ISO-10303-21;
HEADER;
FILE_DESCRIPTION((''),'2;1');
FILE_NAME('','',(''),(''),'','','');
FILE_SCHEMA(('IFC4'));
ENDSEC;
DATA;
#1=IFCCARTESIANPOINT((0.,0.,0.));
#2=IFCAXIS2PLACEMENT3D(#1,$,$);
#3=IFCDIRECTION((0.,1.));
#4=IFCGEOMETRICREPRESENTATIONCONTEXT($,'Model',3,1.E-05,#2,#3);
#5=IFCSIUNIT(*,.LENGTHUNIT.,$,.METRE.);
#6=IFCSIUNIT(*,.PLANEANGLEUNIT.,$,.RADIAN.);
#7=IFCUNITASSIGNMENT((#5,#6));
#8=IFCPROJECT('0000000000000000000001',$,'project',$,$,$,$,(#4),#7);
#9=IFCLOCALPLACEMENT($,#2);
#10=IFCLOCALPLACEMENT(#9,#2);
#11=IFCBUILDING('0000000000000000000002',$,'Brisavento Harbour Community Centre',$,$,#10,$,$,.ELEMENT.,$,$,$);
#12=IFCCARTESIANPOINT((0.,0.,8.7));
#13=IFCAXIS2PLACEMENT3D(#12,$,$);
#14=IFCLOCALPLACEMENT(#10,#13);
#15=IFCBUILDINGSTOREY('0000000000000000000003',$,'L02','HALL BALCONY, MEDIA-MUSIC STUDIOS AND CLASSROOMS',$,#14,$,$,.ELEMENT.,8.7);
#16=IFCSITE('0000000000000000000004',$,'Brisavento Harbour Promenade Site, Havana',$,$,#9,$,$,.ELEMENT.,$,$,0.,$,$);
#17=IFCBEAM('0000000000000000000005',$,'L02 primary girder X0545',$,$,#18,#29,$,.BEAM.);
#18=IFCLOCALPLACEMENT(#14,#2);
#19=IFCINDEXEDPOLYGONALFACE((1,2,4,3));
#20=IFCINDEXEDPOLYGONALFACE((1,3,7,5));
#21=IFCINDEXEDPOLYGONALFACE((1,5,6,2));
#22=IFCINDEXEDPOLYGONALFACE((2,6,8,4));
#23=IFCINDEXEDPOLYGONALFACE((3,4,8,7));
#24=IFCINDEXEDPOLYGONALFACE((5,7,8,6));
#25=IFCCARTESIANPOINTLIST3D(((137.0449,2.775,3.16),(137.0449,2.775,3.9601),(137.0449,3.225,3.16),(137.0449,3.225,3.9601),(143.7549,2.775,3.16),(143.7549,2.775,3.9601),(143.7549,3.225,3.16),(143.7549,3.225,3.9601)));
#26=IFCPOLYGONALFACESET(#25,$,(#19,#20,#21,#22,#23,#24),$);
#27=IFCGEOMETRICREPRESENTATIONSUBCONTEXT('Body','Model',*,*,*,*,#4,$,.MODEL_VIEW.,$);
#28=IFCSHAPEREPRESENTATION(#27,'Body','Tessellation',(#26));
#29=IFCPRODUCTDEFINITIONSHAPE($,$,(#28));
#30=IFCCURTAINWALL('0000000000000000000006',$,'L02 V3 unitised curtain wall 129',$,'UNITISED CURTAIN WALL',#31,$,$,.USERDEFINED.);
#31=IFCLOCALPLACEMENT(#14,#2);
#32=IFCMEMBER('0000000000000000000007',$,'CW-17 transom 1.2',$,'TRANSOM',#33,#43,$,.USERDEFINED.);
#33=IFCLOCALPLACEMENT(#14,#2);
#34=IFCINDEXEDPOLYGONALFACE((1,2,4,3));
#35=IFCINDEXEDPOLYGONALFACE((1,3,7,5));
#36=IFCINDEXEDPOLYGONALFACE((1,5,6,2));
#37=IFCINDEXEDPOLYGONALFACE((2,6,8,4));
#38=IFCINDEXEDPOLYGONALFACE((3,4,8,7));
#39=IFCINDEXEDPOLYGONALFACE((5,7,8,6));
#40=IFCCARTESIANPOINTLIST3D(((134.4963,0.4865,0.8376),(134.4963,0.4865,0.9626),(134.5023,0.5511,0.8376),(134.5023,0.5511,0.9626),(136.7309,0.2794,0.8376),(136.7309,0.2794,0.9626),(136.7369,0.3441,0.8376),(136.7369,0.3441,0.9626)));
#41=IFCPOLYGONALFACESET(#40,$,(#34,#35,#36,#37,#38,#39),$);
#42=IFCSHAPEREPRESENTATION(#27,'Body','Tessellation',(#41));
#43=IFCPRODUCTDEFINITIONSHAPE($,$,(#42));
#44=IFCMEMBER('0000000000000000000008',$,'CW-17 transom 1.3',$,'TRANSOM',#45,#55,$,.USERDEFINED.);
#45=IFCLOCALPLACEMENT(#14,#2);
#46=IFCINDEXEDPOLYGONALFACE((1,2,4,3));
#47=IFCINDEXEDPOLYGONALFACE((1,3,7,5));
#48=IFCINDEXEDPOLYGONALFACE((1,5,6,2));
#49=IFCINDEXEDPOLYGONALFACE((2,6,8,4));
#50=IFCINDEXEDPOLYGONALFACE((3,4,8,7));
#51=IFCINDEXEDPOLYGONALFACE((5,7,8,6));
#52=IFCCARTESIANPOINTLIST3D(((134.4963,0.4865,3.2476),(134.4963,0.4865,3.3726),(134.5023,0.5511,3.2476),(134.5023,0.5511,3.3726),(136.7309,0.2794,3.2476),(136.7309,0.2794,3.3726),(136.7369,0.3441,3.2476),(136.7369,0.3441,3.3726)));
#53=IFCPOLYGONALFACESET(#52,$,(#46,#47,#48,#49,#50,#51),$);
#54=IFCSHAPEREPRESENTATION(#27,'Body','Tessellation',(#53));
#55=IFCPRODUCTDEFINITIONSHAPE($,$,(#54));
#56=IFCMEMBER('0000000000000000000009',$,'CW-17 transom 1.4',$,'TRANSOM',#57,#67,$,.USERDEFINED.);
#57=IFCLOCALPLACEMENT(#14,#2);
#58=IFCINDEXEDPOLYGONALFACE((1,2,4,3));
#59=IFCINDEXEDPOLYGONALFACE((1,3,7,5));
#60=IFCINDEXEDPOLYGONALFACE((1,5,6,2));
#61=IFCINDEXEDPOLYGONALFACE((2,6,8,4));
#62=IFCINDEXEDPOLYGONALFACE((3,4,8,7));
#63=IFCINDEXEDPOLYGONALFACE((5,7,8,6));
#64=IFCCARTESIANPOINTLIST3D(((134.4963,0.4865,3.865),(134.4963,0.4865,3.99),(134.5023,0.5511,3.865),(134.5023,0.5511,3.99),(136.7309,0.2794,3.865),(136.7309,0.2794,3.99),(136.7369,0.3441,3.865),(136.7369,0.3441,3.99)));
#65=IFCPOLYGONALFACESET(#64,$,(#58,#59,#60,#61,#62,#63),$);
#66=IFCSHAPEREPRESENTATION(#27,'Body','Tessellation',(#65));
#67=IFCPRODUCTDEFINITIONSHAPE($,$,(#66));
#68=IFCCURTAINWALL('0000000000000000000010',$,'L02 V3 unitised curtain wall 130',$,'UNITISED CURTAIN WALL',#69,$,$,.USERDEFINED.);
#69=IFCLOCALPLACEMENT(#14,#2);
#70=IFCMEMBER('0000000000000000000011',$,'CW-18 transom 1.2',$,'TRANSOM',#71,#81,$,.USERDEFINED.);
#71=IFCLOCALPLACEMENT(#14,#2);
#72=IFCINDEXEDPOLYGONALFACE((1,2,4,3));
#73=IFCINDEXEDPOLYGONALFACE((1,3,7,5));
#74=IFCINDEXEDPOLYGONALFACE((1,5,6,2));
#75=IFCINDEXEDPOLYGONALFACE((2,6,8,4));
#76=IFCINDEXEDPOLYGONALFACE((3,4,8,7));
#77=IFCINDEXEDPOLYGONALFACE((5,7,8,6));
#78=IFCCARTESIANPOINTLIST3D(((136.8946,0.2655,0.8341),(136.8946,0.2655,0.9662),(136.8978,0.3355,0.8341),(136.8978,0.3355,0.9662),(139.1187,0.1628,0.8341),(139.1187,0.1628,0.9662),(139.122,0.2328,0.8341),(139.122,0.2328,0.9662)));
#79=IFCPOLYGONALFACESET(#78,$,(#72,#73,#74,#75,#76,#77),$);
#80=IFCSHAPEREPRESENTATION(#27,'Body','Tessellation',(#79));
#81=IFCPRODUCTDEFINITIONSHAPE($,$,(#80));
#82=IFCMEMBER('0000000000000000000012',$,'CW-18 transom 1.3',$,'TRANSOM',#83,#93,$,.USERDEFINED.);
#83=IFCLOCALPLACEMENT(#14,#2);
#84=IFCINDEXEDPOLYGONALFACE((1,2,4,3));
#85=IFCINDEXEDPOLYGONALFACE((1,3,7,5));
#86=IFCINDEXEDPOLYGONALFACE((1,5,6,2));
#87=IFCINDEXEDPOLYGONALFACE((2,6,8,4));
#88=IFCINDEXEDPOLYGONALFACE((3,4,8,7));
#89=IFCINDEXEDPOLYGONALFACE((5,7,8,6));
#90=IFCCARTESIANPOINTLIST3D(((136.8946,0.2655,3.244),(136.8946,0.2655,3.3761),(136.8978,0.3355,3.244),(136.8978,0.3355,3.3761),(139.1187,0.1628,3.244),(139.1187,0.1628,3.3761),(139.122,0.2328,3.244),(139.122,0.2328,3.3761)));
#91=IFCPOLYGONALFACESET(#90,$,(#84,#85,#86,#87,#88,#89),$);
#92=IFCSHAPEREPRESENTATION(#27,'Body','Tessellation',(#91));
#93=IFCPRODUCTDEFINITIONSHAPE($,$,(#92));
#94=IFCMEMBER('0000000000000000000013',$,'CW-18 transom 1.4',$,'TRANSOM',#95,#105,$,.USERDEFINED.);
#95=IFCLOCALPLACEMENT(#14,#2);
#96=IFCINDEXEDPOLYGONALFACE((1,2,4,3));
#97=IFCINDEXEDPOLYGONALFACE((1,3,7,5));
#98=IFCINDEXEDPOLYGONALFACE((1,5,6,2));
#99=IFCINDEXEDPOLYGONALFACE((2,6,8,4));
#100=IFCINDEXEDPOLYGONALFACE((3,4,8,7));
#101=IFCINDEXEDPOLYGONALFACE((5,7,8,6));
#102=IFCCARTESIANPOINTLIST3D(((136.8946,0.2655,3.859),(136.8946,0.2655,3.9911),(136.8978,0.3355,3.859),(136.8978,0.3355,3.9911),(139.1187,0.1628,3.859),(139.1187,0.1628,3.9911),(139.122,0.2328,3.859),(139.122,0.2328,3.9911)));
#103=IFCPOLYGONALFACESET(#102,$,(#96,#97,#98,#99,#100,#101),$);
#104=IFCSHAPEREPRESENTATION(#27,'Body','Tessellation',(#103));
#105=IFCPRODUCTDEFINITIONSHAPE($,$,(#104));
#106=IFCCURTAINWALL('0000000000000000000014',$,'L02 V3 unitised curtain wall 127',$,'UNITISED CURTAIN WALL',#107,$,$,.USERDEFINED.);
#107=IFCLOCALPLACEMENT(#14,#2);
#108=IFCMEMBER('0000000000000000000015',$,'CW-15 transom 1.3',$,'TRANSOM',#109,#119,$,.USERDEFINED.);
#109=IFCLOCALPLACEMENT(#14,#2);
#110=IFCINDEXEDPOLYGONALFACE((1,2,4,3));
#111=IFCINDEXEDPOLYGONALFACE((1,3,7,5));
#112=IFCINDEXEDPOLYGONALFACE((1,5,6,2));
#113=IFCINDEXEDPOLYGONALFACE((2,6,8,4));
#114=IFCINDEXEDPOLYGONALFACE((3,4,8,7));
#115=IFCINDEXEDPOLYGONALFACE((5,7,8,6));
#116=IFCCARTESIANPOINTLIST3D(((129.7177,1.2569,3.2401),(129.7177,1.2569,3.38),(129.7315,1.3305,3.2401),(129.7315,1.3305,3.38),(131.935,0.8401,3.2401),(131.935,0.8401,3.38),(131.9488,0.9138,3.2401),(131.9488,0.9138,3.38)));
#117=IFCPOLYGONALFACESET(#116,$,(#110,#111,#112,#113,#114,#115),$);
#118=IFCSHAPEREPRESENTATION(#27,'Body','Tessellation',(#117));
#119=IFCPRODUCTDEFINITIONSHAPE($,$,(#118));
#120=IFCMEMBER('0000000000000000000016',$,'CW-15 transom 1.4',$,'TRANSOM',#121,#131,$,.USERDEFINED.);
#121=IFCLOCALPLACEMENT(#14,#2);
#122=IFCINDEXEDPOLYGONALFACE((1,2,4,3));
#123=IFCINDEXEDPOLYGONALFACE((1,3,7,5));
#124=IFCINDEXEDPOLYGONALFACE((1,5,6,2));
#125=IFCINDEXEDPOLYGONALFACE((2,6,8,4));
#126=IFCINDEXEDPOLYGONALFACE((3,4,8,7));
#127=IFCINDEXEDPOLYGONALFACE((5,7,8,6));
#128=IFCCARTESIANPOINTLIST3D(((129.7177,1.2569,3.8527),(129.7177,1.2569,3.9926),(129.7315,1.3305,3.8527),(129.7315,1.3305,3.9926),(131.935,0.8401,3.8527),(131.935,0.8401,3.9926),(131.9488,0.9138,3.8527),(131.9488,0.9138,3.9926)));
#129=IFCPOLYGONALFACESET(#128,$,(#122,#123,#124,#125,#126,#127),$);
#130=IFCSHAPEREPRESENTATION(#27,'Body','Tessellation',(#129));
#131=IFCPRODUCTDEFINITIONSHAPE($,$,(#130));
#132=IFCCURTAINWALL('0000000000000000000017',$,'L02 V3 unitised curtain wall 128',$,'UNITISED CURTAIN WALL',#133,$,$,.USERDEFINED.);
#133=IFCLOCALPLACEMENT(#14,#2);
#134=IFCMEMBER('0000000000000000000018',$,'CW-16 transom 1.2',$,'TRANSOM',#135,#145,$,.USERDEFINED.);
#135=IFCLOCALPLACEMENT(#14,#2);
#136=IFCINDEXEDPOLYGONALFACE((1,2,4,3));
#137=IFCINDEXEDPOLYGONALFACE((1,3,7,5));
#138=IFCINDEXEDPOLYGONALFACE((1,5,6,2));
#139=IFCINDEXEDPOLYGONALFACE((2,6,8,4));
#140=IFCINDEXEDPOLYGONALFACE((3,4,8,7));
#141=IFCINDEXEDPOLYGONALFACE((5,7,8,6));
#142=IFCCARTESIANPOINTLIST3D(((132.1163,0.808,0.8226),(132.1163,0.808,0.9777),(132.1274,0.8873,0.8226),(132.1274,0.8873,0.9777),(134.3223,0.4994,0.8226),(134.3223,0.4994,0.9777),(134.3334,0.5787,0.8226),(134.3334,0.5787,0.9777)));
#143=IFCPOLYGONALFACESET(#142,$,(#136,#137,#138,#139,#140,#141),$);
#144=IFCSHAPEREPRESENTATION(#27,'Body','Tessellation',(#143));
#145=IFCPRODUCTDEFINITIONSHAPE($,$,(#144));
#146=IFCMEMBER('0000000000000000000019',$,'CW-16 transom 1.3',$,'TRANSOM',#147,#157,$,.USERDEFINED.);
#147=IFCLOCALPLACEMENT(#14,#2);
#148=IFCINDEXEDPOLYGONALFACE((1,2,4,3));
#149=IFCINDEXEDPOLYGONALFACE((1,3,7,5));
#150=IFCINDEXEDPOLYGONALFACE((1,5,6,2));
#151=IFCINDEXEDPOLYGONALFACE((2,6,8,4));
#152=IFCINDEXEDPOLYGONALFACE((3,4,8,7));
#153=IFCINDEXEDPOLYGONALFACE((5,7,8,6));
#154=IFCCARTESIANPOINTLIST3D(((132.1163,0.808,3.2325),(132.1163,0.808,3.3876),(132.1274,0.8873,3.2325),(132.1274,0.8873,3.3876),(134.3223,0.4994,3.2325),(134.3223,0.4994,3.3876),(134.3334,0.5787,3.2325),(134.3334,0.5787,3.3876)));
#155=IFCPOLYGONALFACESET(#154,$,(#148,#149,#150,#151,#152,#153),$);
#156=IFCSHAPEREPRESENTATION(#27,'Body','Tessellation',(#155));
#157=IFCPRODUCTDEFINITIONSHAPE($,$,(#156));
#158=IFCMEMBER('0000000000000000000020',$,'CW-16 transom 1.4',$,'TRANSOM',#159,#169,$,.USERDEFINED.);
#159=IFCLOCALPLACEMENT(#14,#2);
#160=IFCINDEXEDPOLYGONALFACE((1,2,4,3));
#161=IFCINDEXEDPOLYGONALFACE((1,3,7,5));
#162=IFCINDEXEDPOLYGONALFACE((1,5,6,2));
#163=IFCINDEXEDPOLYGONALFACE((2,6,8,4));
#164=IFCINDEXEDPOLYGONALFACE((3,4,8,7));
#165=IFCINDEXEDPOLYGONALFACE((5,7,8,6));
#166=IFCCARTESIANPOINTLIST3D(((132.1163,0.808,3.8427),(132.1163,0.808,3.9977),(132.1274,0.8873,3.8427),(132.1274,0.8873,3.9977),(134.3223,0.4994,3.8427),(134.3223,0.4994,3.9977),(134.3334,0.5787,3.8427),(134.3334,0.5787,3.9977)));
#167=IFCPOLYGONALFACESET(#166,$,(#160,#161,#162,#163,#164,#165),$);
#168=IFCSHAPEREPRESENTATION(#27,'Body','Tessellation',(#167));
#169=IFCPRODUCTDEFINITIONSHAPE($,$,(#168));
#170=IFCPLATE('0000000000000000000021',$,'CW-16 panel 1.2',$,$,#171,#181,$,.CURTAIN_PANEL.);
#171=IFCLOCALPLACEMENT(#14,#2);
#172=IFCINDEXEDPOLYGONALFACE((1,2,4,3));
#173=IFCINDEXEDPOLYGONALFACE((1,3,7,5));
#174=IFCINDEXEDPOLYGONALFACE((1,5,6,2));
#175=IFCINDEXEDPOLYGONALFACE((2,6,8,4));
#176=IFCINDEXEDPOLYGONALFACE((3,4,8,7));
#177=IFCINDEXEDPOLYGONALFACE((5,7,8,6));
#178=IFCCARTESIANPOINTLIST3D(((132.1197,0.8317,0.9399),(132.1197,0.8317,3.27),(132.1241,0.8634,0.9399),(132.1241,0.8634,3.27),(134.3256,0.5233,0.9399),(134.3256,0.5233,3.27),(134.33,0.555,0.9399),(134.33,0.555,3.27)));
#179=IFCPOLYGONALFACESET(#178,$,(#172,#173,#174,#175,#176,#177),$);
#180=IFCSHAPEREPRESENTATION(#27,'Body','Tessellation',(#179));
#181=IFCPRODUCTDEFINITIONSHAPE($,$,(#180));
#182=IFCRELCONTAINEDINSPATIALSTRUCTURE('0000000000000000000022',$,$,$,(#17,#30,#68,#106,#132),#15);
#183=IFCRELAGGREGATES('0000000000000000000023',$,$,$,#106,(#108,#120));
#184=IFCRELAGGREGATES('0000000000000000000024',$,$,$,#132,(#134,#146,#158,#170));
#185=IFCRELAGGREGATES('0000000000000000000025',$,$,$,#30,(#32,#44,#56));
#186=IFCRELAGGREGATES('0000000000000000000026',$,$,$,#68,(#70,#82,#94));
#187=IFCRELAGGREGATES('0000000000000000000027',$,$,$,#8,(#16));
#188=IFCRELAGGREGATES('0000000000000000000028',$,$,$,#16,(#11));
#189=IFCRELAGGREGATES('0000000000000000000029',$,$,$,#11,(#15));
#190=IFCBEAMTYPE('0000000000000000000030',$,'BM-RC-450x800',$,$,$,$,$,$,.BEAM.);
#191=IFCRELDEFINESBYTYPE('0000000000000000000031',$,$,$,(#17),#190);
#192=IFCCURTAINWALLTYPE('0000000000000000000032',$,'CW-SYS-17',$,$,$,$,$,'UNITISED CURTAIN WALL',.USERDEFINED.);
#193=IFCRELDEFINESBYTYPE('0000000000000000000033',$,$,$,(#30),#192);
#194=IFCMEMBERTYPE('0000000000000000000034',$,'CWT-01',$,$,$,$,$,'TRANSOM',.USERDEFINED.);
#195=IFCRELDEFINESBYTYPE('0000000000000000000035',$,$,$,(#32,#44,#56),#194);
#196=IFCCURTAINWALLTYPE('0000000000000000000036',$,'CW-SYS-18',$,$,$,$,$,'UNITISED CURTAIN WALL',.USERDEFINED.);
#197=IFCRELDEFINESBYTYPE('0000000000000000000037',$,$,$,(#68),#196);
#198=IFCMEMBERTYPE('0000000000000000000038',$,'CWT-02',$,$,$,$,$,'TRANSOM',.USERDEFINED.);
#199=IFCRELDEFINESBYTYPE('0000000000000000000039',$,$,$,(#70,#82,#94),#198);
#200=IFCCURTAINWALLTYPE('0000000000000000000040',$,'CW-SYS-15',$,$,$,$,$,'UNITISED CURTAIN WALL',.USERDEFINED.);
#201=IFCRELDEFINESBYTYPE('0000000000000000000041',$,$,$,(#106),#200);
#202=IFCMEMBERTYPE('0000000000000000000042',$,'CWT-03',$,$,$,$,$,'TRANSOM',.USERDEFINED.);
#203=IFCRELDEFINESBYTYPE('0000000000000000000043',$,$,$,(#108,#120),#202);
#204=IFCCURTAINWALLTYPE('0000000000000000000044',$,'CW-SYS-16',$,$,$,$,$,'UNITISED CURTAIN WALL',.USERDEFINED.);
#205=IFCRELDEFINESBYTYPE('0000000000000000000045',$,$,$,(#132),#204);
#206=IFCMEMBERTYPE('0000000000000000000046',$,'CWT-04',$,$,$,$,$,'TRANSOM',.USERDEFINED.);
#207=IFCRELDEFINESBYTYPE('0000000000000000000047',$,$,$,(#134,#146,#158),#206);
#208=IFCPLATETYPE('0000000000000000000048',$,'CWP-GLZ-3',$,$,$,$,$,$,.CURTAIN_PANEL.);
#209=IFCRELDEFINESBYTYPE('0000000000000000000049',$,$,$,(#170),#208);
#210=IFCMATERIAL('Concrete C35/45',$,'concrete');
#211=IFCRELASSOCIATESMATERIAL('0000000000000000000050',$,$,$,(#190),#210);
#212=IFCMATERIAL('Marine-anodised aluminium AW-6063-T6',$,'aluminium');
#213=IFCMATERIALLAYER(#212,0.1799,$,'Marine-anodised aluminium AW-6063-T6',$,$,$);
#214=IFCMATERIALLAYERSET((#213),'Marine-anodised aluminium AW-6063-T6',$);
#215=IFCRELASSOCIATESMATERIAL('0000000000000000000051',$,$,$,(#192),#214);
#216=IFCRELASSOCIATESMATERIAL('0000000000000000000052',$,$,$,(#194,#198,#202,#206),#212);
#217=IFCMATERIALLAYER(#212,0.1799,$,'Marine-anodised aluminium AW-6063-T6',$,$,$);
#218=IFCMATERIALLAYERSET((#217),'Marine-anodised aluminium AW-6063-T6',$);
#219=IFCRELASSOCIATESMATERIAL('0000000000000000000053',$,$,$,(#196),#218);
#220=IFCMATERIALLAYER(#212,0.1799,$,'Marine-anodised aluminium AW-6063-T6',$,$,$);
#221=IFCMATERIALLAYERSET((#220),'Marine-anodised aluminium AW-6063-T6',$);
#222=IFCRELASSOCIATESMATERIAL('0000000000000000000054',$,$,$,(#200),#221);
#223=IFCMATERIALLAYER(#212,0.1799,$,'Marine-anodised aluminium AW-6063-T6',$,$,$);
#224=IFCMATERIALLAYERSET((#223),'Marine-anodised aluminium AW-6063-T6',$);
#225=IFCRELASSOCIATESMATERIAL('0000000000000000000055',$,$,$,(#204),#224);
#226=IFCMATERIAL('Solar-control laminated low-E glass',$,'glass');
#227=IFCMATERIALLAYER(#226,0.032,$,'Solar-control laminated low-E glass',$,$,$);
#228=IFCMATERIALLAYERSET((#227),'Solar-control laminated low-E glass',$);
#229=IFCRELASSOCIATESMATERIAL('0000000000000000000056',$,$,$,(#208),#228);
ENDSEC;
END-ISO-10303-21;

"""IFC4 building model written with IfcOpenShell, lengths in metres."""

from ifc_helpers import new_model, si_unit, direction, frame, origin, origin_2d, place, context, subcontext, project, spatial, rectangle, extrude, material, layer, layer_set, material_profile, profile_set, type_object, element, aggregate, save


model = new_model("IFC4")

# Units and contexts
model_context = context("Model", 3, precision=1e-05, world=origin(), true_north=direction((0.0, 1.0)))
body_context = subcontext(model_context, "Body", "Model", "MODEL_VIEW")
ifc_project = project(units=[si_unit("LENGTHUNIT", "METRE"), si_unit("PLANEANGLEUNIT", "RADIAN")], contexts=[model_context])

# Site, building, storey
site_placement = place(None, origin())
site = spatial("IfcSite", under=ifc_project, at=site_placement, Name="Brisavento Harbour Promenade Site, Havana", CompositionType="ELEMENT", RefElevation=0.0)
building_placement = place(site_placement, origin())
building = spatial("IfcBuilding", under=site, at=building_placement, Name="Brisavento Harbour Community Centre", CompositionType="ELEMENT")
storey_placement = place(building_placement, frame((0.0, 0.0, 8.7)))
storey = spatial("IfcBuildingStorey", under=building, at=storey_placement, Name="L02", Description="HALL BALCONY, MEDIA-MUSIC STUDIOS AND CLASSROOMS", CompositionType="ELEMENT", Elevation=8.7)

# Beam
ifc_material_1 = material(Name="Concrete C35/45", Category="concrete")
ifc_material_profile_1 = material_profile(ifc_material_1, rectangle(XDim=0.45, YDim=0.8, at=origin_2d()), Name="Concrete C35/45")
ifc_profile_set_1 = profile_set([ifc_material_profile_1], Name="Concrete C35/45")
beam_type = type_object("IfcBeamType", Name="BM-RC-450x800", PredefinedType="BEAM", material=ifc_profile_set_1)
beam_placement = place(storey_placement, frame((137.0449, 3.0, 3.5601), z_axis=(1.0, 0.0, 0.0), x_axis=(0.0, 1.0, 0.0)))
element("IfcBeam", 1, at=beam_placement, inside=storey, type_object=beam_type, Name="L02 primary girder X0545", PredefinedType="BEAM", context=body_context, shape_type="SweptSolid", body=[
    extrude(rectangle(XDim=0.45, YDim=0.8, at=origin_2d()), origin(), (0.0, 0.0, 1.0), 6.71),
])

# Curtain walls, members
ifc_material_2 = material(Name="Marine-anodised aluminium AW-6063-T6", Category="aluminium")
ifc_layer_1 = layer(ifc_material_2, 0.1799, Name="Marine-anodised aluminium AW-6063-T6")
ifc_layer_set_1 = layer_set([ifc_layer_1], Name="Marine-anodised aluminium AW-6063-T6")
curtain_wall_type_1 = type_object("IfcCurtainWallType", Name="CW-SYS-17", ElementType="UNITISED CURTAIN WALL", PredefinedType="USERDEFINED", material=ifc_layer_set_1)
curtain_wall_1_placement = place(storey_placement, origin())
curtain_wall_1 = element("IfcCurtainWall", 2, at=curtain_wall_1_placement, inside=storey, type_object=curtain_wall_type_1, Name="L02 V3 unitised curtain wall 129", ObjectType="UNITISED CURTAIN WALL", PredefinedType="USERDEFINED")
ifc_material_profile_2 = material_profile(ifc_material_2, rectangle(XDim=0.0649, YDim=0.125, at=origin_2d()), Name="Marine-anodised aluminium AW-6063-T6")
ifc_profile_set_2 = profile_set([ifc_material_profile_2], Name="Marine-anodised aluminium AW-6063-T6")
member_type_1 = type_object("IfcMemberType", Name="CWT-01", ElementType="TRANSOM", PredefinedType="USERDEFINED", material=ifc_profile_set_2)
member_1_placement = place(storey_placement, frame((136.7339, 0.3118, 0.9001), z_axis=(-0.995736, 0.092252, 0.0), x_axis=(-0.092252, -0.995736, 0.0)))
member_1 = element("IfcMember", 3, at=member_1_placement, type_object=member_type_1, Name="CW-17 transom 1.2", ObjectType="TRANSOM", PredefinedType="USERDEFINED", context=body_context, shape_type="SweptSolid", body=[
    extrude(rectangle(XDim=0.0649, YDim=0.125, at=origin_2d()), origin(), (0.0, 0.0, 1.0), 2.2441),
])
member_2_placement = place(storey_placement, frame((136.7339, 0.3118, 3.3101), z_axis=(-0.995736, 0.092252, 0.0), x_axis=(-0.092252, -0.995736, 0.0)))
member_2 = element("IfcMember", 4, at=member_2_placement, type_object=member_type_1, Name="CW-17 transom 1.3", ObjectType="TRANSOM", PredefinedType="USERDEFINED", context=body_context, shape_type="SweptSolid", body=[
    extrude(rectangle(XDim=0.0649, YDim=0.125, at=origin_2d()), origin(), (0.0, 0.0, 1.0), 2.2441),
])
member_3_placement = place(storey_placement, frame((136.7339, 0.3118, 3.9275), z_axis=(-0.995736, 0.092252, 0.0), x_axis=(-0.092252, -0.995736, 0.0)))
member_3 = element("IfcMember", 5, at=member_3_placement, type_object=member_type_1, Name="CW-17 transom 1.4", ObjectType="TRANSOM", PredefinedType="USERDEFINED", context=body_context, shape_type="SweptSolid", body=[
    extrude(rectangle(XDim=0.0649, YDim=0.125, at=origin_2d()), origin(), (0.0, 0.0, 1.0), 2.2441),
])
ifc_layer_2 = layer(ifc_material_2, 0.1799, Name="Marine-anodised aluminium AW-6063-T6")
ifc_layer_set_2 = layer_set([ifc_layer_2], Name="Marine-anodised aluminium AW-6063-T6")
curtain_wall_type_2 = type_object("IfcCurtainWallType", Name="CW-SYS-18", ElementType="UNITISED CURTAIN WALL", PredefinedType="USERDEFINED", material=ifc_layer_set_2)
curtain_wall_2_placement = place(storey_placement, origin())
curtain_wall_2 = element("IfcCurtainWall", 6, at=curtain_wall_2_placement, inside=storey, type_object=curtain_wall_type_2, Name="L02 V3 unitised curtain wall 130", ObjectType="UNITISED CURTAIN WALL", PredefinedType="USERDEFINED")
ifc_material_profile_3 = material_profile(ifc_material_2, rectangle(XDim=0.0701, YDim=0.1321, at=origin_2d()), Name="Marine-anodised aluminium AW-6063-T6")
ifc_profile_set_3 = profile_set([ifc_material_profile_3], Name="Marine-anodised aluminium AW-6063-T6")
member_type_2 = type_object("IfcMemberType", Name="CWT-02", ElementType="TRANSOM", PredefinedType="USERDEFINED", material=ifc_profile_set_3)
member_4_placement = place(storey_placement, frame((139.1204, 0.1978, 0.9001), z_axis=(-0.998934, 0.046164, 0.0), x_axis=(-0.046164, -0.998934, 0.0)))
member_4 = element("IfcMember", 7, at=member_4_placement, type_object=member_type_2, Name="CW-18 transom 1.2", ObjectType="TRANSOM", PredefinedType="USERDEFINED", context=body_context, shape_type="SweptSolid", body=[
    extrude(rectangle(XDim=0.0701, YDim=0.1321, at=origin_2d()), origin(), (0.0, 0.0, 1.0), 2.2266),
])
member_5_placement = place(storey_placement, frame((139.1204, 0.1978, 3.3101), z_axis=(-0.998934, 0.046164, 0.0), x_axis=(-0.046164, -0.998934, 0.0)))
member_5 = element("IfcMember", 8, at=member_5_placement, type_object=member_type_2, Name="CW-18 transom 1.3", ObjectType="TRANSOM", PredefinedType="USERDEFINED", context=body_context, shape_type="SweptSolid", body=[
    extrude(rectangle(XDim=0.0701, YDim=0.1321, at=origin_2d()), origin(), (0.0, 0.0, 1.0), 2.2266),
])
member_6_placement = place(storey_placement, frame((139.1204, 0.1978, 3.925), z_axis=(-0.998934, 0.046164, 0.0), x_axis=(-0.046164, -0.998934, 0.0)))
member_6 = element("IfcMember", 9, at=member_6_placement, type_object=member_type_2, Name="CW-18 transom 1.4", ObjectType="TRANSOM", PredefinedType="USERDEFINED", context=body_context, shape_type="SweptSolid", body=[
    extrude(rectangle(XDim=0.0701, YDim=0.1321, at=origin_2d()), origin(), (0.0, 0.0, 1.0), 2.2266),
])
ifc_layer_3 = layer(ifc_material_2, 0.1799, Name="Marine-anodised aluminium AW-6063-T6")
ifc_layer_set_3 = layer_set([ifc_layer_3], Name="Marine-anodised aluminium AW-6063-T6")
curtain_wall_type_3 = type_object("IfcCurtainWallType", Name="CW-SYS-15", ElementType="UNITISED CURTAIN WALL", PredefinedType="USERDEFINED", material=ifc_layer_set_3)
curtain_wall_3_placement = place(storey_placement, origin())
curtain_wall_3 = element("IfcCurtainWall", 10, at=curtain_wall_3_placement, inside=storey, type_object=curtain_wall_type_3, Name="L02 V3 unitised curtain wall 127", ObjectType="UNITISED CURTAIN WALL", PredefinedType="USERDEFINED")
ifc_material_profile_4 = material_profile(ifc_material_2, rectangle(XDim=0.075, YDim=0.1399, at=origin_2d()), Name="Marine-anodised aluminium AW-6063-T6")
ifc_profile_set_4 = profile_set([ifc_material_profile_4], Name="Marine-anodised aluminium AW-6063-T6")
member_type_3 = type_object("IfcMemberType", Name="CWT-03", ElementType="TRANSOM", PredefinedType="USERDEFINED", material=ifc_profile_set_4)
member_7_placement = place(storey_placement, frame((131.9419, 0.877, 3.3101), z_axis=(-0.982791, 0.18472, 0.0), x_axis=(-0.18472, -0.982791, 0.0)))
member_7 = element("IfcMember", 11, at=member_7_placement, type_object=member_type_3, Name="CW-15 transom 1.3", ObjectType="TRANSOM", PredefinedType="USERDEFINED", context=body_context, shape_type="SweptSolid", body=[
    extrude(rectangle(XDim=0.075, YDim=0.1399, at=origin_2d()), origin(), (0.0, 0.0, 1.0), 2.2561),
])
member_8_placement = place(storey_placement, frame((131.9419, 0.877, 3.9226), z_axis=(-0.982791, 0.18472, 0.0), x_axis=(-0.18472, -0.982791, 0.0)))
member_8 = element("IfcMember", 12, at=member_8_placement, type_object=member_type_3, Name="CW-15 transom 1.4", ObjectType="TRANSOM", PredefinedType="USERDEFINED", context=body_context, shape_type="SweptSolid", body=[
    extrude(rectangle(XDim=0.075, YDim=0.1399, at=origin_2d()), origin(), (0.0, 0.0, 1.0), 2.2561),
])
aggregate(curtain_wall_3, [member_7, member_8])

# Curtain wall, members, plate
ifc_layer_4 = layer(ifc_material_2, 0.1799, Name="Marine-anodised aluminium AW-6063-T6")
ifc_layer_set_4 = layer_set([ifc_layer_4], Name="Marine-anodised aluminium AW-6063-T6")
curtain_wall_type_4 = type_object("IfcCurtainWallType", Name="CW-SYS-16", ElementType="UNITISED CURTAIN WALL", PredefinedType="USERDEFINED", material=ifc_layer_set_4)
curtain_wall_4_placement = place(storey_placement, origin())
curtain_wall_4 = element("IfcCurtainWall", 13, at=curtain_wall_4_placement, inside=storey, type_object=curtain_wall_type_4, Name="L02 V3 unitised curtain wall 128", ObjectType="UNITISED CURTAIN WALL", PredefinedType="USERDEFINED")
ifc_material_profile_5 = material_profile(ifc_material_2, rectangle(XDim=0.0801, YDim=0.155, at=origin_2d()), Name="Marine-anodised aluminium AW-6063-T6")
ifc_profile_set_5 = profile_set([ifc_material_profile_5], Name="Marine-anodised aluminium AW-6063-T6")
member_type_4 = type_object("IfcMemberType", Name="CWT-04", ElementType="TRANSOM", PredefinedType="USERDEFINED", material=ifc_profile_set_5)
member_9_placement = place(storey_placement, frame((134.3279, 0.5391, 0.9001), z_axis=(-0.990357, 0.138536, 0.0), x_axis=(-0.138536, -0.990357, 0.0)))
member_9 = element("IfcMember", 14, at=member_9_placement, type_object=member_type_4, Name="CW-16 transom 1.2", ObjectType="TRANSOM", PredefinedType="USERDEFINED", context=body_context, shape_type="SweptSolid", body=[
    extrude(rectangle(XDim=0.0801, YDim=0.155, at=origin_2d()), origin(), (0.0, 0.0, 1.0), 2.2275),
])
member_10_placement = place(storey_placement, frame((134.3279, 0.5391, 3.3101), z_axis=(-0.990357, 0.138536, 0.0), x_axis=(-0.138536, -0.990357, 0.0)))
member_10 = element("IfcMember", 15, at=member_10_placement, type_object=member_type_4, Name="CW-16 transom 1.3", ObjectType="TRANSOM", PredefinedType="USERDEFINED", context=body_context, shape_type="SweptSolid", body=[
    extrude(rectangle(XDim=0.0801, YDim=0.155, at=origin_2d()), origin(), (0.0, 0.0, 1.0), 2.2275),
])
member_11_placement = place(storey_placement, frame((134.3279, 0.5391, 3.9202), z_axis=(-0.990357, 0.138536, 0.0), x_axis=(-0.138536, -0.990357, 0.0)))
member_11 = element("IfcMember", 16, at=member_11_placement, type_object=member_type_4, Name="CW-16 transom 1.4", ObjectType="TRANSOM", PredefinedType="USERDEFINED", context=body_context, shape_type="SweptSolid", body=[
    extrude(rectangle(XDim=0.0801, YDim=0.155, at=origin_2d()), origin(), (0.0, 0.0, 1.0), 2.2275),
])
ifc_material_3 = material(Name="Solar-control laminated low-E glass", Category="glass")
ifc_layer_5 = layer(ifc_material_3, 0.032, Name="Solar-control laminated low-E glass")
ifc_layer_set_5 = layer_set([ifc_layer_5], Name="Solar-control laminated low-E glass")
plate_type_1 = type_object("IfcPlateType", Name="CWP-GLZ-3", PredefinedType="CURTAIN_PANEL", material=ifc_layer_set_5)
plate_1_placement = place(storey_placement, frame((133.2249, 0.6934, 0.9399), z_axis=(0.0, 0.0, 1.0), x_axis=(-0.990366, 0.138477, 0.0)))
plate_1 = element("IfcPlate", 17, at=plate_1_placement, type_object=plate_type_1, Name="CW-16 panel 1.2", PredefinedType="CURTAIN_PANEL", context=body_context, shape_type="SweptSolid", body=[
    extrude(rectangle(XDim=2.2273, YDim=0.032, at=origin_2d()), origin(), (0.0, 0.0, 1.0), 2.3301),
])
aggregate(curtain_wall_4, [member_9, member_10, member_11, plate_1])

aggregate(curtain_wall_1, [member_1, member_2, member_3])
aggregate(curtain_wall_2, [member_4, member_5, member_6])

save(model, "model.ifc")
